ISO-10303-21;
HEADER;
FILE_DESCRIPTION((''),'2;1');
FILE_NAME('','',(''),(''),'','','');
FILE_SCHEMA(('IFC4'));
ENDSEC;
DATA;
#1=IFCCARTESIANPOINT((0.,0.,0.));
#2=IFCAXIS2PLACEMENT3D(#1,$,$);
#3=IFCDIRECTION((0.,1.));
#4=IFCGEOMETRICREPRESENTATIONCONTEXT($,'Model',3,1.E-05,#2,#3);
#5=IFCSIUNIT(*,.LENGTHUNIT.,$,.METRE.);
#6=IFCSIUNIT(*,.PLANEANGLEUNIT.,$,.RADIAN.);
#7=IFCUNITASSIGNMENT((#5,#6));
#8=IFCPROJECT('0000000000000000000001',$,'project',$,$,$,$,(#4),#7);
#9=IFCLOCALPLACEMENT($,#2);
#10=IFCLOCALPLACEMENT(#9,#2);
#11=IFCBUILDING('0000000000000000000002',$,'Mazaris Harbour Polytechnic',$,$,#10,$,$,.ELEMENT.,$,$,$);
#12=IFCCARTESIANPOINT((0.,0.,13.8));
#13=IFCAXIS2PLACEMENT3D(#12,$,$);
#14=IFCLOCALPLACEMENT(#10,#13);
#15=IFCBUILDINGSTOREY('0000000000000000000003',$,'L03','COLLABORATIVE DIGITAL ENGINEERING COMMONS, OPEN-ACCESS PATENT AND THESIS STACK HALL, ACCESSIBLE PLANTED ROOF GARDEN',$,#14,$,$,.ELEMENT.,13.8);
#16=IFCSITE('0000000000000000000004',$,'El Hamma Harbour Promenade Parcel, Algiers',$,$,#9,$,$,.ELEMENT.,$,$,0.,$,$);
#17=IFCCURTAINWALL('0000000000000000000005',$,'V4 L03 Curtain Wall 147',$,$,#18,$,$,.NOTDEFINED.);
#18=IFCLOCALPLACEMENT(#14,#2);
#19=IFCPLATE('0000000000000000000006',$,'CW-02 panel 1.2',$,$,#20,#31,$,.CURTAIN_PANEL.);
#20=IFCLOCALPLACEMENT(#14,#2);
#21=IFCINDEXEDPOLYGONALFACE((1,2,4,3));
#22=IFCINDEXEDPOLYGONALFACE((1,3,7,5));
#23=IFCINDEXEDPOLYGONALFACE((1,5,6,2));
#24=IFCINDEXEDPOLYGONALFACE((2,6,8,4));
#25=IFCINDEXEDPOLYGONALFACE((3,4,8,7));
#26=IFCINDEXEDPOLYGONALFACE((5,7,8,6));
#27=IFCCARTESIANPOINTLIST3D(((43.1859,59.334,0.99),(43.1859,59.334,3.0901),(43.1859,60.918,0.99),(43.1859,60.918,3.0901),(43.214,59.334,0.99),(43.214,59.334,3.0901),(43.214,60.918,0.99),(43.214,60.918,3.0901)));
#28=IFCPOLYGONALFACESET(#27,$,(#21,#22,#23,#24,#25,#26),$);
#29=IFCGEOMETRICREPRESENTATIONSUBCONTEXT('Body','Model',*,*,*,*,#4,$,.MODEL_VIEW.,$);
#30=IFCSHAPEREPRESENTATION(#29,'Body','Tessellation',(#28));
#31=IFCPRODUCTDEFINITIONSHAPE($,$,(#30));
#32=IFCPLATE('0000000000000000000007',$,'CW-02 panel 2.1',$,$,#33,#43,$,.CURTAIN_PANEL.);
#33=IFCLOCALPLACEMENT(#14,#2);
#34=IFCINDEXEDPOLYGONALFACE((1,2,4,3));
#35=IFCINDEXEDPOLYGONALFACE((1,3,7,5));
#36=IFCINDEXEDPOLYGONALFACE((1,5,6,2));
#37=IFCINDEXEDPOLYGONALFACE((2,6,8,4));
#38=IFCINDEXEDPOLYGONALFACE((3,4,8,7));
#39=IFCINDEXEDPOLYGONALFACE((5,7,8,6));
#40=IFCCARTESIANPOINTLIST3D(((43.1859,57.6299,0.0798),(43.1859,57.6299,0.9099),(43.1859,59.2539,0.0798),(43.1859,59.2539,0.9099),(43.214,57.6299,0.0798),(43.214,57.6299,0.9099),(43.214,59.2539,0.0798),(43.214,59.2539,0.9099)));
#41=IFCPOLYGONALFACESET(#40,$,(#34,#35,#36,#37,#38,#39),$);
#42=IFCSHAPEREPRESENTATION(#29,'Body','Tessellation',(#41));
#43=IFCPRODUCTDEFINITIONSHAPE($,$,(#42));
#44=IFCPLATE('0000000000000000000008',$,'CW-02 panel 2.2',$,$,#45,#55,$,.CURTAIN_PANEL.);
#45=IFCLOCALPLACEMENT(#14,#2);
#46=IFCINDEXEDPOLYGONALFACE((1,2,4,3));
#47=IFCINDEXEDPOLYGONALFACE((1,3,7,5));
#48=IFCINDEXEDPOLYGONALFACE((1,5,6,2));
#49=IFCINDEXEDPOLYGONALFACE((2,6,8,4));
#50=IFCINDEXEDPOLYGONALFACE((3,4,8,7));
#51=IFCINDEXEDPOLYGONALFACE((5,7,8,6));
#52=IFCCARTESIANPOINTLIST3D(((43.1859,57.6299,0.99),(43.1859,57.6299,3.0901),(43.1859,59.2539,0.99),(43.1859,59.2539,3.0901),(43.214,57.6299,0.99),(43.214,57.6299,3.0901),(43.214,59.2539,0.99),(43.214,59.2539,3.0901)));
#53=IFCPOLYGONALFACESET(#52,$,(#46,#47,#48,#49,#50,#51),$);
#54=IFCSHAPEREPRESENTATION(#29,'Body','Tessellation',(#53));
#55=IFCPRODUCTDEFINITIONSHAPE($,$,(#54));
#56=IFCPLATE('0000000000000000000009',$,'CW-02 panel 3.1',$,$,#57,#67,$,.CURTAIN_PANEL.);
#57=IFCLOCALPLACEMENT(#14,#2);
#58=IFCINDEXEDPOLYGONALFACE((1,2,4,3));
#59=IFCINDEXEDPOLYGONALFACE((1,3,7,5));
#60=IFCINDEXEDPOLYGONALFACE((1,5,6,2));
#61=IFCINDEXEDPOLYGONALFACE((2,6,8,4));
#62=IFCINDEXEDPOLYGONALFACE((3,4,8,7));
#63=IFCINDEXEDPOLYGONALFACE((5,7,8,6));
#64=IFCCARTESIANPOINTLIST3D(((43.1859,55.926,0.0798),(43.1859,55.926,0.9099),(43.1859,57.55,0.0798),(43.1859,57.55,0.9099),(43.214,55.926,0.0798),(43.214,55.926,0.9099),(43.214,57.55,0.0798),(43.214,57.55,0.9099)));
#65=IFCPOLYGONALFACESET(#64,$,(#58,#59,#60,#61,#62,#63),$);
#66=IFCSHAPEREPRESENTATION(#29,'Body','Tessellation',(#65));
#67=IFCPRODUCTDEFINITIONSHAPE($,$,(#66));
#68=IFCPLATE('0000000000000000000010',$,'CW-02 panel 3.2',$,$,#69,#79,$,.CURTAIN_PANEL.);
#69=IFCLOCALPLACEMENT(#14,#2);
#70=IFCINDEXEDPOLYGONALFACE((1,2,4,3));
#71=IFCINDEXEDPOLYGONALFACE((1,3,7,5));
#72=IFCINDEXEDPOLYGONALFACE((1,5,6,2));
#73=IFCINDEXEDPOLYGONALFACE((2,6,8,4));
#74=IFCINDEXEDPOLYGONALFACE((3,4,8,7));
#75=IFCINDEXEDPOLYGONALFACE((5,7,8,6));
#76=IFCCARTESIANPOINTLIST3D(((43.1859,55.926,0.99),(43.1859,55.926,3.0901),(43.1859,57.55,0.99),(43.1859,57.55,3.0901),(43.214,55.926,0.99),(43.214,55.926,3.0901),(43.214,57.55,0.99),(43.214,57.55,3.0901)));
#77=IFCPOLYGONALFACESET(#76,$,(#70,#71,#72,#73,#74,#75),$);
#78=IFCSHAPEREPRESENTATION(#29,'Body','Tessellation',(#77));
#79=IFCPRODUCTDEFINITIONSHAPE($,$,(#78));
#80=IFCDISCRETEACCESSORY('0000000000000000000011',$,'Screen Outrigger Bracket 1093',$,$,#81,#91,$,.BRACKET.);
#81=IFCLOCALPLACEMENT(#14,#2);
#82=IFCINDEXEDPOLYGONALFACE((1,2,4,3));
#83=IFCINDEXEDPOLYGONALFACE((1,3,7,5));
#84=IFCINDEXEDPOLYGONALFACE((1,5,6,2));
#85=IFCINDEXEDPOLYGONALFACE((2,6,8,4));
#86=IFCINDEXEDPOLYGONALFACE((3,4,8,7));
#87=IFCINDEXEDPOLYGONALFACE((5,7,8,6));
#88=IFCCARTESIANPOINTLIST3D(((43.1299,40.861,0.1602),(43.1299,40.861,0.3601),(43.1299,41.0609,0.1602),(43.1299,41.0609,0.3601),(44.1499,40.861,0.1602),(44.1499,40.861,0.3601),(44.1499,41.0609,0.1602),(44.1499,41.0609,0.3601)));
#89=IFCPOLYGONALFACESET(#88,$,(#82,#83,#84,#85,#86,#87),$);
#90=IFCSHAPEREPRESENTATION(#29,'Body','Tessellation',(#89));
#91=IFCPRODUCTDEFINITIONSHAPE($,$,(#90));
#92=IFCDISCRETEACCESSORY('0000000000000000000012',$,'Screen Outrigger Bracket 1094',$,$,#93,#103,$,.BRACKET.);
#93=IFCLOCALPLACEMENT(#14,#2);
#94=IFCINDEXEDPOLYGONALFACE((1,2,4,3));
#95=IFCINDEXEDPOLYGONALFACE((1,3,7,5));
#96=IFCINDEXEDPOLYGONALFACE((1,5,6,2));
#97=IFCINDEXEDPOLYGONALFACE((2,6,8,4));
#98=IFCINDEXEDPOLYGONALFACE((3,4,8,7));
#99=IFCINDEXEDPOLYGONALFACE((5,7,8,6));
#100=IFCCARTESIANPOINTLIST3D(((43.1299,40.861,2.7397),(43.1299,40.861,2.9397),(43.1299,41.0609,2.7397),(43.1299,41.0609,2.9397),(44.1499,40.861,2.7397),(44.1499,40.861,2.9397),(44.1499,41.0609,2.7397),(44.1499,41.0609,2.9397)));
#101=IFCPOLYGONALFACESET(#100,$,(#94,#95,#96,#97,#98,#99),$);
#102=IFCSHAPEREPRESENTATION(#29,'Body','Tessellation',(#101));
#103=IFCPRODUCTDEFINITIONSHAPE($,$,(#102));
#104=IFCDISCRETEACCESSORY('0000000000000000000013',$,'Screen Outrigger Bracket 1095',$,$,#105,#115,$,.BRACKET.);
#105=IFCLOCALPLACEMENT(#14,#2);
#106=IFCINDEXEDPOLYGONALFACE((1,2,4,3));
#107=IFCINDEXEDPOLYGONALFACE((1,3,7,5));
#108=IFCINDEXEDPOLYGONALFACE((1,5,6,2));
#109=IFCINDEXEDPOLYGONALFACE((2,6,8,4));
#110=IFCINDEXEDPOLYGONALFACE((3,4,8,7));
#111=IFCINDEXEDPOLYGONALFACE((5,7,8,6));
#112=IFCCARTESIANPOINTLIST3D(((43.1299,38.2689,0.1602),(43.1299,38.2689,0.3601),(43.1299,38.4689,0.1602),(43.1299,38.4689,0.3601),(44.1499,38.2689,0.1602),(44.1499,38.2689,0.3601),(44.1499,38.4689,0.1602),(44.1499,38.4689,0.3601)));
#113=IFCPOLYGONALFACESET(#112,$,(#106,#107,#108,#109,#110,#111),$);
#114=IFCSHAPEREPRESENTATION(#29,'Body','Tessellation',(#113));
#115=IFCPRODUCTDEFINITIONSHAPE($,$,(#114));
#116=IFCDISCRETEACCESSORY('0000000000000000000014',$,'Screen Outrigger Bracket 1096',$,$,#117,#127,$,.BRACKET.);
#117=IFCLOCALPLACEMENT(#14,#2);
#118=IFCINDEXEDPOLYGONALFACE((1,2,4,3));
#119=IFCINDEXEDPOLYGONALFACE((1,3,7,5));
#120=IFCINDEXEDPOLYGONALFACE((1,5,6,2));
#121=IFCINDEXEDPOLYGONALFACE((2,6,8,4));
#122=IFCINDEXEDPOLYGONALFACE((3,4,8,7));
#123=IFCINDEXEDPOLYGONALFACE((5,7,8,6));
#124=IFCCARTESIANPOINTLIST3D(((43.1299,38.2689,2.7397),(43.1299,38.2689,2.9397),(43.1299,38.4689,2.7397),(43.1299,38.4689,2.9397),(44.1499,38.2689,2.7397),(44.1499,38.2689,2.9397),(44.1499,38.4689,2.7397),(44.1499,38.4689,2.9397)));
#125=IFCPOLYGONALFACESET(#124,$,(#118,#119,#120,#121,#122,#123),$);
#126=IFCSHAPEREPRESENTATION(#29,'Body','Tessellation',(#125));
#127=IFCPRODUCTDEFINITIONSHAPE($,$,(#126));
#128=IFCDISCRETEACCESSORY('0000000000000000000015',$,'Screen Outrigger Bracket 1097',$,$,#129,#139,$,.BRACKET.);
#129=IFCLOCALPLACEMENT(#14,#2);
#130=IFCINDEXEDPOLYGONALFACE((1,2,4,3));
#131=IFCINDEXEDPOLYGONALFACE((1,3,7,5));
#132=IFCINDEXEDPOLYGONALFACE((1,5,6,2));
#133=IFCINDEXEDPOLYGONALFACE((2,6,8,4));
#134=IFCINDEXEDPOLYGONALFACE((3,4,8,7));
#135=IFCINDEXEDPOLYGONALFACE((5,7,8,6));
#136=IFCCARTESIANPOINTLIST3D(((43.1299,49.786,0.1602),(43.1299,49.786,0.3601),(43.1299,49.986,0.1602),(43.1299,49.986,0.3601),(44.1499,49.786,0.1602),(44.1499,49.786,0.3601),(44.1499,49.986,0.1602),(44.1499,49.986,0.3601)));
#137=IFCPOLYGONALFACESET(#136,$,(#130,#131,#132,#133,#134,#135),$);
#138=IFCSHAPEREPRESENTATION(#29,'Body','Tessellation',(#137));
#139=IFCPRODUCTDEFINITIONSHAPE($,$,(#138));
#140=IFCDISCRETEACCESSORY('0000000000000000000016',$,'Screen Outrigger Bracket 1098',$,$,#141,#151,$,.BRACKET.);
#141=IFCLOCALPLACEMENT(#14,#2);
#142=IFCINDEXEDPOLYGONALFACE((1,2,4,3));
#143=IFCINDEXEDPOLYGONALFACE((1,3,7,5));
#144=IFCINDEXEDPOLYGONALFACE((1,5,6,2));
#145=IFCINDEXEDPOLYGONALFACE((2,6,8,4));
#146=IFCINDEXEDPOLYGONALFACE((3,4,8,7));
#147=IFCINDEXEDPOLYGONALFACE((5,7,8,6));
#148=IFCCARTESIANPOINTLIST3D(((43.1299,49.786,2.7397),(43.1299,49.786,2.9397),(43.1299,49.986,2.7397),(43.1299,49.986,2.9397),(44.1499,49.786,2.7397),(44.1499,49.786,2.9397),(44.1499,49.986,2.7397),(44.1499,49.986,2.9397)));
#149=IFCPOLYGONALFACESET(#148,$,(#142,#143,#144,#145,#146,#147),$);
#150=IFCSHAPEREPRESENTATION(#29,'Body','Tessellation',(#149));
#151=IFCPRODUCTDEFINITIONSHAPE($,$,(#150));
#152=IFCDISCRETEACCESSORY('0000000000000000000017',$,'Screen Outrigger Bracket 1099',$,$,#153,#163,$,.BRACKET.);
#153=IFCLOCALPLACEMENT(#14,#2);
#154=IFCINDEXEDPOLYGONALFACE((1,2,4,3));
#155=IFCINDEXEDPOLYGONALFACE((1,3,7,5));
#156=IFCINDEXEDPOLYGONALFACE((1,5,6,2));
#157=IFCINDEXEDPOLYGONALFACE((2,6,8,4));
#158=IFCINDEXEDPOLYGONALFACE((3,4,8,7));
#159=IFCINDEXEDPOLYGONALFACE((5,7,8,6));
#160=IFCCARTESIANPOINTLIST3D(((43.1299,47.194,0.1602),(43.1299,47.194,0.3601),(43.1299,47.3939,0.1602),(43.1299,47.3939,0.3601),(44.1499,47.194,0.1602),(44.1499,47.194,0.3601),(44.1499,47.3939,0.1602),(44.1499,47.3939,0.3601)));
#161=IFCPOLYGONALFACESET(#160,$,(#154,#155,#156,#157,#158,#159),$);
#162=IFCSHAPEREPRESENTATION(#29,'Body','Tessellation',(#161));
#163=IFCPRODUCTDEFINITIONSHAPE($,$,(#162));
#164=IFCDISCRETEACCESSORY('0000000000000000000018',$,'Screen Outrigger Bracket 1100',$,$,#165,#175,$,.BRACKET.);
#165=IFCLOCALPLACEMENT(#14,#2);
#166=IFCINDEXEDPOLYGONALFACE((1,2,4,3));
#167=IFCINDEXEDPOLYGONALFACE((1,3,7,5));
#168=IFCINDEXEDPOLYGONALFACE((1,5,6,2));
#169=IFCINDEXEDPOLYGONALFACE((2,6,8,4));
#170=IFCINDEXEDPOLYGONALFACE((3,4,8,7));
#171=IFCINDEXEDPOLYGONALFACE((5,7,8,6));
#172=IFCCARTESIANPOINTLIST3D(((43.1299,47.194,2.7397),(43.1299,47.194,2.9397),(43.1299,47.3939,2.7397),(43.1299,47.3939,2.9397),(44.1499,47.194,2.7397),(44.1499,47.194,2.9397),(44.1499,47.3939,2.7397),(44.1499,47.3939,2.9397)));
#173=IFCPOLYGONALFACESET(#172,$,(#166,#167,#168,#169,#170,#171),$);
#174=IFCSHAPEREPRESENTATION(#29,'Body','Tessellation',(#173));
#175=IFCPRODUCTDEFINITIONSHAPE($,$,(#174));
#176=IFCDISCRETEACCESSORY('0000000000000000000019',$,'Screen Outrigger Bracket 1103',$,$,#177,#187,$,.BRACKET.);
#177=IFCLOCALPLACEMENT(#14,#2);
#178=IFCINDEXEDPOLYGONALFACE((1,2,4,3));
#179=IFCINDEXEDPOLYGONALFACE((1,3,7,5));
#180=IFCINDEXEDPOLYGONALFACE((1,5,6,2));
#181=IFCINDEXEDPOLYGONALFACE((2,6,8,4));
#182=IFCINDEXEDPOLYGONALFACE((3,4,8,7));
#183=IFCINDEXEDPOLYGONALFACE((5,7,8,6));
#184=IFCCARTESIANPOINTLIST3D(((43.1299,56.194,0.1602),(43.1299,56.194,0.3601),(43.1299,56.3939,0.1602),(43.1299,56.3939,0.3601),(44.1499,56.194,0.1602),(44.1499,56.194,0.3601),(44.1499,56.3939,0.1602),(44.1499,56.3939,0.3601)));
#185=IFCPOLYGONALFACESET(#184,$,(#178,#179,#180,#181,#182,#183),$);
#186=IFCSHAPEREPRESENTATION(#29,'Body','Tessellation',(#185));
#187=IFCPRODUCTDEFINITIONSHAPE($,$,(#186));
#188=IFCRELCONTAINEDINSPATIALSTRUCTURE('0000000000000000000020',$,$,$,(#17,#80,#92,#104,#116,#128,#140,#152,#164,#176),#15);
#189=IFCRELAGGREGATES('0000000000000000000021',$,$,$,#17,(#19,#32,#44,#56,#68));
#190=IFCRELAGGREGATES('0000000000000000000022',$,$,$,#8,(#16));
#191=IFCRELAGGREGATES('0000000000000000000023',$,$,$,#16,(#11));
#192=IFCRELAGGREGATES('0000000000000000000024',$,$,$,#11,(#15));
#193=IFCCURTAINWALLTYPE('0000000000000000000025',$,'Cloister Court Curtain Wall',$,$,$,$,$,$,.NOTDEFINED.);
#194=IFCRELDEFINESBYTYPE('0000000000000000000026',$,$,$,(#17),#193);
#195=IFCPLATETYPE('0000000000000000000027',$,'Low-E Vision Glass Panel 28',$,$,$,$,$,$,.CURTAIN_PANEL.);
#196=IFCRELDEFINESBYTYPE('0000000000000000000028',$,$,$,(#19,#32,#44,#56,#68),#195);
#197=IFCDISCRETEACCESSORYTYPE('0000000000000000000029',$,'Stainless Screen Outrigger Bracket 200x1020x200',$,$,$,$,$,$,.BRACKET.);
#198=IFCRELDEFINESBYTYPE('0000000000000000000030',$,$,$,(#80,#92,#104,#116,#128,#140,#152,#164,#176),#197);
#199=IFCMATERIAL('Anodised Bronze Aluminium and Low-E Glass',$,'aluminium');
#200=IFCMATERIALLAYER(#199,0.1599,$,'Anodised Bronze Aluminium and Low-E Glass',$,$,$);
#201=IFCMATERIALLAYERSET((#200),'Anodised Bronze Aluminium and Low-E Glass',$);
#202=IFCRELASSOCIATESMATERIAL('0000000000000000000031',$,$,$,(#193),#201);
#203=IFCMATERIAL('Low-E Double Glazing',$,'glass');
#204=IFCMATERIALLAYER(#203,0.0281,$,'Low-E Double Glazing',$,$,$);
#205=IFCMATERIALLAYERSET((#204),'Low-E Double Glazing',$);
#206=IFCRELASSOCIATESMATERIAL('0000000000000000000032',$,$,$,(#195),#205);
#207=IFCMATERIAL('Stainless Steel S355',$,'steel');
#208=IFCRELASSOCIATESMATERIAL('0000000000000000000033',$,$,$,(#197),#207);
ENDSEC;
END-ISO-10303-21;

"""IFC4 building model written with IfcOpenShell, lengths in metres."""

from ifc_helpers import new_model, si_unit, direction, frame, origin, origin_2d, place, context, subcontext, project, spatial, rectangle, extrude, material, layer, layer_set, type_object, element, aggregate, save


model = new_model("IFC4")

# Units and contexts
model_context = context("Model", 3, precision=1e-05, world=origin(), true_north=direction((0.0, 1.0)))
body_context = subcontext(model_context, "Body", "Model", "MODEL_VIEW")
ifc_project = project(units=[si_unit("LENGTHUNIT", "METRE"), si_unit("PLANEANGLEUNIT", "RADIAN")], contexts=[model_context])

# Site, building, storey
site_placement = place(None, origin())
site = spatial("IfcSite", under=ifc_project, at=site_placement, Name="El Hamma Harbour Promenade Parcel, Algiers", CompositionType="ELEMENT", RefElevation=0.0)
building_placement = place(site_placement, origin())
building = spatial("IfcBuilding", under=site, at=building_placement, Name="Mazaris Harbour Polytechnic", CompositionType="ELEMENT")
storey_placement = place(building_placement, frame((0.0, 0.0, 13.8)))
storey = spatial("IfcBuildingStorey", under=building, at=storey_placement, Name="L03", Description="COLLABORATIVE DIGITAL ENGINEERING COMMONS, OPEN-ACCESS PATENT AND THESIS STACK HALL, ACCESSIBLE PLANTED ROOF GARDEN", CompositionType="ELEMENT", Elevation=13.8)

# Curtain wall, plates
ifc_material_1 = material(Name="Anodised Bronze Aluminium and Low-E Glass", Category="aluminium")
ifc_layer_1 = layer(ifc_material_1, 0.1599, Name="Anodised Bronze Aluminium and Low-E Glass")
ifc_layer_set_1 = layer_set([ifc_layer_1], Name="Anodised Bronze Aluminium and Low-E Glass")
curtain_wall_type = type_object("IfcCurtainWallType", Name="Cloister Court Curtain Wall", PredefinedType="NOTDEFINED", material=ifc_layer_set_1)
curtain_wall_placement = place(storey_placement, origin())
curtain_wall = element("IfcCurtainWall", 1, at=curtain_wall_placement, inside=storey, type_object=curtain_wall_type, Name="V4 L03 Curtain Wall 147", PredefinedType="NOTDEFINED")
ifc_material_2 = material(Name="Low-E Double Glazing", Category="glass")
ifc_layer_2 = layer(ifc_material_2, 0.0281, Name="Low-E Double Glazing")
ifc_layer_set_2 = layer_set([ifc_layer_2], Name="Low-E Double Glazing")
plate_type = type_object("IfcPlateType", Name="Low-E Vision Glass Panel 28", PredefinedType="CURTAIN_PANEL", material=ifc_layer_set_2)
plate_1_placement = place(storey_placement, frame((43.2, 60.126, 0.99), z_axis=(0.0, 0.0, 1.0), x_axis=(0.0, -1.0, 0.0)))
plate_1 = element("IfcPlate", 2, at=plate_1_placement, type_object=plate_type, Name="CW-02 panel 1.2", PredefinedType="CURTAIN_PANEL", context=body_context, shape_type="SweptSolid", body=[
    extrude(rectangle(XDim=1.584, YDim=0.0281, at=origin_2d()), origin(), (0.0, 0.0, 1.0), 2.1001),
])
plate_2_placement = place(storey_placement, frame((43.2, 58.4419, 0.0798), z_axis=(0.0, 0.0, 1.0), x_axis=(0.0, -1.0, 0.0)))
plate_2 = element("IfcPlate", 3, at=plate_2_placement, type_object=plate_type, Name="CW-02 panel 2.1", PredefinedType="CURTAIN_PANEL", context=body_context, shape_type="SweptSolid", body=[
    extrude(rectangle(XDim=1.624, YDim=0.0281, at=origin_2d()), origin(), (0.0, 0.0, 1.0), 0.8301),
])
plate_3_placement = place(storey_placement, frame((43.2, 58.4419, 0.99), z_axis=(0.0, 0.0, 1.0), x_axis=(0.0, -1.0, 0.0)))
plate_3 = element("IfcPlate", 4, at=plate_3_placement, type_object=plate_type, Name="CW-02 panel 2.2", PredefinedType="CURTAIN_PANEL", context=body_context, shape_type="SweptSolid", body=[
    extrude(rectangle(XDim=1.624, YDim=0.0281, at=origin_2d()), origin(), (0.0, 0.0, 1.0), 2.1001),
])
plate_4_placement = place(storey_placement, frame((43.2, 56.738, 0.0798), z_axis=(0.0, 0.0, 1.0), x_axis=(0.0, -1.0, 0.0)))
plate_4 = element("IfcPlate", 5, at=plate_4_placement, type_object=plate_type, Name="CW-02 panel 3.1", PredefinedType="CURTAIN_PANEL", context=body_context, shape_type="SweptSolid", body=[
    extrude(rectangle(XDim=1.624, YDim=0.0281, at=origin_2d()), origin(), (0.0, 0.0, 1.0), 0.8301),
])
plate_5_placement = place(storey_placement, frame((43.2, 56.738, 0.99), z_axis=(0.0, 0.0, 1.0), x_axis=(0.0, -1.0, 0.0)))
plate_5 = element("IfcPlate", 6, at=plate_5_placement, type_object=plate_type, Name="CW-02 panel 3.2", PredefinedType="CURTAIN_PANEL", context=body_context, shape_type="SweptSolid", body=[
    extrude(rectangle(XDim=1.624, YDim=0.0281, at=origin_2d()), origin(), (0.0, 0.0, 1.0), 2.1001),
])
aggregate(curtain_wall, [plate_1, plate_2, plate_3, plate_4, plate_5])

# Discrete accessories
ifc_material_3 = material(Name="Stainless Steel S355", Category="steel")
discrete_accessory_type = type_object("IfcDiscreteAccessoryType", Name="Stainless Screen Outrigger Bracket 200x1020x200", PredefinedType="BRACKET", material=ifc_material_3)
for number, where, z_axis, x_axis, name in (
    (7, (43.6399, 40.9609, 0.1602), (0.0, 0.0, 1.0), (0.0, -1.0, 0.0), "Screen Outrigger Bracket 1093"),
    (8, (43.6399, 40.9609, 2.7397), (0.0, 0.0, 1.0), (0.0, -1.0, 0.0), "Screen Outrigger Bracket 1094"),
    (9, (43.6399, 38.3689, 0.1602), (0.0, 0.0, 1.0), (0.0, -1.0, 0.0), "Screen Outrigger Bracket 1095"),
    (10, (43.6399, 38.3689, 2.7397), (0.0, 0.0, 1.0), (0.0, -1.0, 0.0), "Screen Outrigger Bracket 1096"),
    (11, (43.6399, 49.886, 0.1602), (0.0, 0.0, 1.0), (0.0, -1.0, 0.0), "Screen Outrigger Bracket 1097"),
    (12, (43.6399, 49.886, 2.7397), (0.0, 0.0, 1.0), (0.0, -1.0, 0.0), "Screen Outrigger Bracket 1098"),
    (13, (43.6399, 47.2939, 0.1602), (0.0, 0.0, 1.0), (0.0, -1.0, 0.0), "Screen Outrigger Bracket 1099"),
    (14, (43.6399, 47.2939, 2.7397), (0.0, 0.0, 1.0), (0.0, -1.0, 0.0), "Screen Outrigger Bracket 1100"),
    (15, (43.6399, 56.2939, 0.1602), (0.0, 0.0, 1.0), (0.0, -1.0, 0.0), "Screen Outrigger Bracket 1103"),
):
    element("IfcDiscreteAccessory", number, at=place(storey_placement, frame(where, z_axis=z_axis, x_axis=x_axis)), inside=storey, type_object=discrete_accessory_type, Name=name, PredefinedType="BRACKET", context=body_context, shape_type="SweptSolid", body=[
        extrude(rectangle(XDim=0.2, YDim=1.02, at=origin_2d()), origin(), (0.0, 0.0, 1.0), 0.2),
    ])

save(model, "model.ifc")
